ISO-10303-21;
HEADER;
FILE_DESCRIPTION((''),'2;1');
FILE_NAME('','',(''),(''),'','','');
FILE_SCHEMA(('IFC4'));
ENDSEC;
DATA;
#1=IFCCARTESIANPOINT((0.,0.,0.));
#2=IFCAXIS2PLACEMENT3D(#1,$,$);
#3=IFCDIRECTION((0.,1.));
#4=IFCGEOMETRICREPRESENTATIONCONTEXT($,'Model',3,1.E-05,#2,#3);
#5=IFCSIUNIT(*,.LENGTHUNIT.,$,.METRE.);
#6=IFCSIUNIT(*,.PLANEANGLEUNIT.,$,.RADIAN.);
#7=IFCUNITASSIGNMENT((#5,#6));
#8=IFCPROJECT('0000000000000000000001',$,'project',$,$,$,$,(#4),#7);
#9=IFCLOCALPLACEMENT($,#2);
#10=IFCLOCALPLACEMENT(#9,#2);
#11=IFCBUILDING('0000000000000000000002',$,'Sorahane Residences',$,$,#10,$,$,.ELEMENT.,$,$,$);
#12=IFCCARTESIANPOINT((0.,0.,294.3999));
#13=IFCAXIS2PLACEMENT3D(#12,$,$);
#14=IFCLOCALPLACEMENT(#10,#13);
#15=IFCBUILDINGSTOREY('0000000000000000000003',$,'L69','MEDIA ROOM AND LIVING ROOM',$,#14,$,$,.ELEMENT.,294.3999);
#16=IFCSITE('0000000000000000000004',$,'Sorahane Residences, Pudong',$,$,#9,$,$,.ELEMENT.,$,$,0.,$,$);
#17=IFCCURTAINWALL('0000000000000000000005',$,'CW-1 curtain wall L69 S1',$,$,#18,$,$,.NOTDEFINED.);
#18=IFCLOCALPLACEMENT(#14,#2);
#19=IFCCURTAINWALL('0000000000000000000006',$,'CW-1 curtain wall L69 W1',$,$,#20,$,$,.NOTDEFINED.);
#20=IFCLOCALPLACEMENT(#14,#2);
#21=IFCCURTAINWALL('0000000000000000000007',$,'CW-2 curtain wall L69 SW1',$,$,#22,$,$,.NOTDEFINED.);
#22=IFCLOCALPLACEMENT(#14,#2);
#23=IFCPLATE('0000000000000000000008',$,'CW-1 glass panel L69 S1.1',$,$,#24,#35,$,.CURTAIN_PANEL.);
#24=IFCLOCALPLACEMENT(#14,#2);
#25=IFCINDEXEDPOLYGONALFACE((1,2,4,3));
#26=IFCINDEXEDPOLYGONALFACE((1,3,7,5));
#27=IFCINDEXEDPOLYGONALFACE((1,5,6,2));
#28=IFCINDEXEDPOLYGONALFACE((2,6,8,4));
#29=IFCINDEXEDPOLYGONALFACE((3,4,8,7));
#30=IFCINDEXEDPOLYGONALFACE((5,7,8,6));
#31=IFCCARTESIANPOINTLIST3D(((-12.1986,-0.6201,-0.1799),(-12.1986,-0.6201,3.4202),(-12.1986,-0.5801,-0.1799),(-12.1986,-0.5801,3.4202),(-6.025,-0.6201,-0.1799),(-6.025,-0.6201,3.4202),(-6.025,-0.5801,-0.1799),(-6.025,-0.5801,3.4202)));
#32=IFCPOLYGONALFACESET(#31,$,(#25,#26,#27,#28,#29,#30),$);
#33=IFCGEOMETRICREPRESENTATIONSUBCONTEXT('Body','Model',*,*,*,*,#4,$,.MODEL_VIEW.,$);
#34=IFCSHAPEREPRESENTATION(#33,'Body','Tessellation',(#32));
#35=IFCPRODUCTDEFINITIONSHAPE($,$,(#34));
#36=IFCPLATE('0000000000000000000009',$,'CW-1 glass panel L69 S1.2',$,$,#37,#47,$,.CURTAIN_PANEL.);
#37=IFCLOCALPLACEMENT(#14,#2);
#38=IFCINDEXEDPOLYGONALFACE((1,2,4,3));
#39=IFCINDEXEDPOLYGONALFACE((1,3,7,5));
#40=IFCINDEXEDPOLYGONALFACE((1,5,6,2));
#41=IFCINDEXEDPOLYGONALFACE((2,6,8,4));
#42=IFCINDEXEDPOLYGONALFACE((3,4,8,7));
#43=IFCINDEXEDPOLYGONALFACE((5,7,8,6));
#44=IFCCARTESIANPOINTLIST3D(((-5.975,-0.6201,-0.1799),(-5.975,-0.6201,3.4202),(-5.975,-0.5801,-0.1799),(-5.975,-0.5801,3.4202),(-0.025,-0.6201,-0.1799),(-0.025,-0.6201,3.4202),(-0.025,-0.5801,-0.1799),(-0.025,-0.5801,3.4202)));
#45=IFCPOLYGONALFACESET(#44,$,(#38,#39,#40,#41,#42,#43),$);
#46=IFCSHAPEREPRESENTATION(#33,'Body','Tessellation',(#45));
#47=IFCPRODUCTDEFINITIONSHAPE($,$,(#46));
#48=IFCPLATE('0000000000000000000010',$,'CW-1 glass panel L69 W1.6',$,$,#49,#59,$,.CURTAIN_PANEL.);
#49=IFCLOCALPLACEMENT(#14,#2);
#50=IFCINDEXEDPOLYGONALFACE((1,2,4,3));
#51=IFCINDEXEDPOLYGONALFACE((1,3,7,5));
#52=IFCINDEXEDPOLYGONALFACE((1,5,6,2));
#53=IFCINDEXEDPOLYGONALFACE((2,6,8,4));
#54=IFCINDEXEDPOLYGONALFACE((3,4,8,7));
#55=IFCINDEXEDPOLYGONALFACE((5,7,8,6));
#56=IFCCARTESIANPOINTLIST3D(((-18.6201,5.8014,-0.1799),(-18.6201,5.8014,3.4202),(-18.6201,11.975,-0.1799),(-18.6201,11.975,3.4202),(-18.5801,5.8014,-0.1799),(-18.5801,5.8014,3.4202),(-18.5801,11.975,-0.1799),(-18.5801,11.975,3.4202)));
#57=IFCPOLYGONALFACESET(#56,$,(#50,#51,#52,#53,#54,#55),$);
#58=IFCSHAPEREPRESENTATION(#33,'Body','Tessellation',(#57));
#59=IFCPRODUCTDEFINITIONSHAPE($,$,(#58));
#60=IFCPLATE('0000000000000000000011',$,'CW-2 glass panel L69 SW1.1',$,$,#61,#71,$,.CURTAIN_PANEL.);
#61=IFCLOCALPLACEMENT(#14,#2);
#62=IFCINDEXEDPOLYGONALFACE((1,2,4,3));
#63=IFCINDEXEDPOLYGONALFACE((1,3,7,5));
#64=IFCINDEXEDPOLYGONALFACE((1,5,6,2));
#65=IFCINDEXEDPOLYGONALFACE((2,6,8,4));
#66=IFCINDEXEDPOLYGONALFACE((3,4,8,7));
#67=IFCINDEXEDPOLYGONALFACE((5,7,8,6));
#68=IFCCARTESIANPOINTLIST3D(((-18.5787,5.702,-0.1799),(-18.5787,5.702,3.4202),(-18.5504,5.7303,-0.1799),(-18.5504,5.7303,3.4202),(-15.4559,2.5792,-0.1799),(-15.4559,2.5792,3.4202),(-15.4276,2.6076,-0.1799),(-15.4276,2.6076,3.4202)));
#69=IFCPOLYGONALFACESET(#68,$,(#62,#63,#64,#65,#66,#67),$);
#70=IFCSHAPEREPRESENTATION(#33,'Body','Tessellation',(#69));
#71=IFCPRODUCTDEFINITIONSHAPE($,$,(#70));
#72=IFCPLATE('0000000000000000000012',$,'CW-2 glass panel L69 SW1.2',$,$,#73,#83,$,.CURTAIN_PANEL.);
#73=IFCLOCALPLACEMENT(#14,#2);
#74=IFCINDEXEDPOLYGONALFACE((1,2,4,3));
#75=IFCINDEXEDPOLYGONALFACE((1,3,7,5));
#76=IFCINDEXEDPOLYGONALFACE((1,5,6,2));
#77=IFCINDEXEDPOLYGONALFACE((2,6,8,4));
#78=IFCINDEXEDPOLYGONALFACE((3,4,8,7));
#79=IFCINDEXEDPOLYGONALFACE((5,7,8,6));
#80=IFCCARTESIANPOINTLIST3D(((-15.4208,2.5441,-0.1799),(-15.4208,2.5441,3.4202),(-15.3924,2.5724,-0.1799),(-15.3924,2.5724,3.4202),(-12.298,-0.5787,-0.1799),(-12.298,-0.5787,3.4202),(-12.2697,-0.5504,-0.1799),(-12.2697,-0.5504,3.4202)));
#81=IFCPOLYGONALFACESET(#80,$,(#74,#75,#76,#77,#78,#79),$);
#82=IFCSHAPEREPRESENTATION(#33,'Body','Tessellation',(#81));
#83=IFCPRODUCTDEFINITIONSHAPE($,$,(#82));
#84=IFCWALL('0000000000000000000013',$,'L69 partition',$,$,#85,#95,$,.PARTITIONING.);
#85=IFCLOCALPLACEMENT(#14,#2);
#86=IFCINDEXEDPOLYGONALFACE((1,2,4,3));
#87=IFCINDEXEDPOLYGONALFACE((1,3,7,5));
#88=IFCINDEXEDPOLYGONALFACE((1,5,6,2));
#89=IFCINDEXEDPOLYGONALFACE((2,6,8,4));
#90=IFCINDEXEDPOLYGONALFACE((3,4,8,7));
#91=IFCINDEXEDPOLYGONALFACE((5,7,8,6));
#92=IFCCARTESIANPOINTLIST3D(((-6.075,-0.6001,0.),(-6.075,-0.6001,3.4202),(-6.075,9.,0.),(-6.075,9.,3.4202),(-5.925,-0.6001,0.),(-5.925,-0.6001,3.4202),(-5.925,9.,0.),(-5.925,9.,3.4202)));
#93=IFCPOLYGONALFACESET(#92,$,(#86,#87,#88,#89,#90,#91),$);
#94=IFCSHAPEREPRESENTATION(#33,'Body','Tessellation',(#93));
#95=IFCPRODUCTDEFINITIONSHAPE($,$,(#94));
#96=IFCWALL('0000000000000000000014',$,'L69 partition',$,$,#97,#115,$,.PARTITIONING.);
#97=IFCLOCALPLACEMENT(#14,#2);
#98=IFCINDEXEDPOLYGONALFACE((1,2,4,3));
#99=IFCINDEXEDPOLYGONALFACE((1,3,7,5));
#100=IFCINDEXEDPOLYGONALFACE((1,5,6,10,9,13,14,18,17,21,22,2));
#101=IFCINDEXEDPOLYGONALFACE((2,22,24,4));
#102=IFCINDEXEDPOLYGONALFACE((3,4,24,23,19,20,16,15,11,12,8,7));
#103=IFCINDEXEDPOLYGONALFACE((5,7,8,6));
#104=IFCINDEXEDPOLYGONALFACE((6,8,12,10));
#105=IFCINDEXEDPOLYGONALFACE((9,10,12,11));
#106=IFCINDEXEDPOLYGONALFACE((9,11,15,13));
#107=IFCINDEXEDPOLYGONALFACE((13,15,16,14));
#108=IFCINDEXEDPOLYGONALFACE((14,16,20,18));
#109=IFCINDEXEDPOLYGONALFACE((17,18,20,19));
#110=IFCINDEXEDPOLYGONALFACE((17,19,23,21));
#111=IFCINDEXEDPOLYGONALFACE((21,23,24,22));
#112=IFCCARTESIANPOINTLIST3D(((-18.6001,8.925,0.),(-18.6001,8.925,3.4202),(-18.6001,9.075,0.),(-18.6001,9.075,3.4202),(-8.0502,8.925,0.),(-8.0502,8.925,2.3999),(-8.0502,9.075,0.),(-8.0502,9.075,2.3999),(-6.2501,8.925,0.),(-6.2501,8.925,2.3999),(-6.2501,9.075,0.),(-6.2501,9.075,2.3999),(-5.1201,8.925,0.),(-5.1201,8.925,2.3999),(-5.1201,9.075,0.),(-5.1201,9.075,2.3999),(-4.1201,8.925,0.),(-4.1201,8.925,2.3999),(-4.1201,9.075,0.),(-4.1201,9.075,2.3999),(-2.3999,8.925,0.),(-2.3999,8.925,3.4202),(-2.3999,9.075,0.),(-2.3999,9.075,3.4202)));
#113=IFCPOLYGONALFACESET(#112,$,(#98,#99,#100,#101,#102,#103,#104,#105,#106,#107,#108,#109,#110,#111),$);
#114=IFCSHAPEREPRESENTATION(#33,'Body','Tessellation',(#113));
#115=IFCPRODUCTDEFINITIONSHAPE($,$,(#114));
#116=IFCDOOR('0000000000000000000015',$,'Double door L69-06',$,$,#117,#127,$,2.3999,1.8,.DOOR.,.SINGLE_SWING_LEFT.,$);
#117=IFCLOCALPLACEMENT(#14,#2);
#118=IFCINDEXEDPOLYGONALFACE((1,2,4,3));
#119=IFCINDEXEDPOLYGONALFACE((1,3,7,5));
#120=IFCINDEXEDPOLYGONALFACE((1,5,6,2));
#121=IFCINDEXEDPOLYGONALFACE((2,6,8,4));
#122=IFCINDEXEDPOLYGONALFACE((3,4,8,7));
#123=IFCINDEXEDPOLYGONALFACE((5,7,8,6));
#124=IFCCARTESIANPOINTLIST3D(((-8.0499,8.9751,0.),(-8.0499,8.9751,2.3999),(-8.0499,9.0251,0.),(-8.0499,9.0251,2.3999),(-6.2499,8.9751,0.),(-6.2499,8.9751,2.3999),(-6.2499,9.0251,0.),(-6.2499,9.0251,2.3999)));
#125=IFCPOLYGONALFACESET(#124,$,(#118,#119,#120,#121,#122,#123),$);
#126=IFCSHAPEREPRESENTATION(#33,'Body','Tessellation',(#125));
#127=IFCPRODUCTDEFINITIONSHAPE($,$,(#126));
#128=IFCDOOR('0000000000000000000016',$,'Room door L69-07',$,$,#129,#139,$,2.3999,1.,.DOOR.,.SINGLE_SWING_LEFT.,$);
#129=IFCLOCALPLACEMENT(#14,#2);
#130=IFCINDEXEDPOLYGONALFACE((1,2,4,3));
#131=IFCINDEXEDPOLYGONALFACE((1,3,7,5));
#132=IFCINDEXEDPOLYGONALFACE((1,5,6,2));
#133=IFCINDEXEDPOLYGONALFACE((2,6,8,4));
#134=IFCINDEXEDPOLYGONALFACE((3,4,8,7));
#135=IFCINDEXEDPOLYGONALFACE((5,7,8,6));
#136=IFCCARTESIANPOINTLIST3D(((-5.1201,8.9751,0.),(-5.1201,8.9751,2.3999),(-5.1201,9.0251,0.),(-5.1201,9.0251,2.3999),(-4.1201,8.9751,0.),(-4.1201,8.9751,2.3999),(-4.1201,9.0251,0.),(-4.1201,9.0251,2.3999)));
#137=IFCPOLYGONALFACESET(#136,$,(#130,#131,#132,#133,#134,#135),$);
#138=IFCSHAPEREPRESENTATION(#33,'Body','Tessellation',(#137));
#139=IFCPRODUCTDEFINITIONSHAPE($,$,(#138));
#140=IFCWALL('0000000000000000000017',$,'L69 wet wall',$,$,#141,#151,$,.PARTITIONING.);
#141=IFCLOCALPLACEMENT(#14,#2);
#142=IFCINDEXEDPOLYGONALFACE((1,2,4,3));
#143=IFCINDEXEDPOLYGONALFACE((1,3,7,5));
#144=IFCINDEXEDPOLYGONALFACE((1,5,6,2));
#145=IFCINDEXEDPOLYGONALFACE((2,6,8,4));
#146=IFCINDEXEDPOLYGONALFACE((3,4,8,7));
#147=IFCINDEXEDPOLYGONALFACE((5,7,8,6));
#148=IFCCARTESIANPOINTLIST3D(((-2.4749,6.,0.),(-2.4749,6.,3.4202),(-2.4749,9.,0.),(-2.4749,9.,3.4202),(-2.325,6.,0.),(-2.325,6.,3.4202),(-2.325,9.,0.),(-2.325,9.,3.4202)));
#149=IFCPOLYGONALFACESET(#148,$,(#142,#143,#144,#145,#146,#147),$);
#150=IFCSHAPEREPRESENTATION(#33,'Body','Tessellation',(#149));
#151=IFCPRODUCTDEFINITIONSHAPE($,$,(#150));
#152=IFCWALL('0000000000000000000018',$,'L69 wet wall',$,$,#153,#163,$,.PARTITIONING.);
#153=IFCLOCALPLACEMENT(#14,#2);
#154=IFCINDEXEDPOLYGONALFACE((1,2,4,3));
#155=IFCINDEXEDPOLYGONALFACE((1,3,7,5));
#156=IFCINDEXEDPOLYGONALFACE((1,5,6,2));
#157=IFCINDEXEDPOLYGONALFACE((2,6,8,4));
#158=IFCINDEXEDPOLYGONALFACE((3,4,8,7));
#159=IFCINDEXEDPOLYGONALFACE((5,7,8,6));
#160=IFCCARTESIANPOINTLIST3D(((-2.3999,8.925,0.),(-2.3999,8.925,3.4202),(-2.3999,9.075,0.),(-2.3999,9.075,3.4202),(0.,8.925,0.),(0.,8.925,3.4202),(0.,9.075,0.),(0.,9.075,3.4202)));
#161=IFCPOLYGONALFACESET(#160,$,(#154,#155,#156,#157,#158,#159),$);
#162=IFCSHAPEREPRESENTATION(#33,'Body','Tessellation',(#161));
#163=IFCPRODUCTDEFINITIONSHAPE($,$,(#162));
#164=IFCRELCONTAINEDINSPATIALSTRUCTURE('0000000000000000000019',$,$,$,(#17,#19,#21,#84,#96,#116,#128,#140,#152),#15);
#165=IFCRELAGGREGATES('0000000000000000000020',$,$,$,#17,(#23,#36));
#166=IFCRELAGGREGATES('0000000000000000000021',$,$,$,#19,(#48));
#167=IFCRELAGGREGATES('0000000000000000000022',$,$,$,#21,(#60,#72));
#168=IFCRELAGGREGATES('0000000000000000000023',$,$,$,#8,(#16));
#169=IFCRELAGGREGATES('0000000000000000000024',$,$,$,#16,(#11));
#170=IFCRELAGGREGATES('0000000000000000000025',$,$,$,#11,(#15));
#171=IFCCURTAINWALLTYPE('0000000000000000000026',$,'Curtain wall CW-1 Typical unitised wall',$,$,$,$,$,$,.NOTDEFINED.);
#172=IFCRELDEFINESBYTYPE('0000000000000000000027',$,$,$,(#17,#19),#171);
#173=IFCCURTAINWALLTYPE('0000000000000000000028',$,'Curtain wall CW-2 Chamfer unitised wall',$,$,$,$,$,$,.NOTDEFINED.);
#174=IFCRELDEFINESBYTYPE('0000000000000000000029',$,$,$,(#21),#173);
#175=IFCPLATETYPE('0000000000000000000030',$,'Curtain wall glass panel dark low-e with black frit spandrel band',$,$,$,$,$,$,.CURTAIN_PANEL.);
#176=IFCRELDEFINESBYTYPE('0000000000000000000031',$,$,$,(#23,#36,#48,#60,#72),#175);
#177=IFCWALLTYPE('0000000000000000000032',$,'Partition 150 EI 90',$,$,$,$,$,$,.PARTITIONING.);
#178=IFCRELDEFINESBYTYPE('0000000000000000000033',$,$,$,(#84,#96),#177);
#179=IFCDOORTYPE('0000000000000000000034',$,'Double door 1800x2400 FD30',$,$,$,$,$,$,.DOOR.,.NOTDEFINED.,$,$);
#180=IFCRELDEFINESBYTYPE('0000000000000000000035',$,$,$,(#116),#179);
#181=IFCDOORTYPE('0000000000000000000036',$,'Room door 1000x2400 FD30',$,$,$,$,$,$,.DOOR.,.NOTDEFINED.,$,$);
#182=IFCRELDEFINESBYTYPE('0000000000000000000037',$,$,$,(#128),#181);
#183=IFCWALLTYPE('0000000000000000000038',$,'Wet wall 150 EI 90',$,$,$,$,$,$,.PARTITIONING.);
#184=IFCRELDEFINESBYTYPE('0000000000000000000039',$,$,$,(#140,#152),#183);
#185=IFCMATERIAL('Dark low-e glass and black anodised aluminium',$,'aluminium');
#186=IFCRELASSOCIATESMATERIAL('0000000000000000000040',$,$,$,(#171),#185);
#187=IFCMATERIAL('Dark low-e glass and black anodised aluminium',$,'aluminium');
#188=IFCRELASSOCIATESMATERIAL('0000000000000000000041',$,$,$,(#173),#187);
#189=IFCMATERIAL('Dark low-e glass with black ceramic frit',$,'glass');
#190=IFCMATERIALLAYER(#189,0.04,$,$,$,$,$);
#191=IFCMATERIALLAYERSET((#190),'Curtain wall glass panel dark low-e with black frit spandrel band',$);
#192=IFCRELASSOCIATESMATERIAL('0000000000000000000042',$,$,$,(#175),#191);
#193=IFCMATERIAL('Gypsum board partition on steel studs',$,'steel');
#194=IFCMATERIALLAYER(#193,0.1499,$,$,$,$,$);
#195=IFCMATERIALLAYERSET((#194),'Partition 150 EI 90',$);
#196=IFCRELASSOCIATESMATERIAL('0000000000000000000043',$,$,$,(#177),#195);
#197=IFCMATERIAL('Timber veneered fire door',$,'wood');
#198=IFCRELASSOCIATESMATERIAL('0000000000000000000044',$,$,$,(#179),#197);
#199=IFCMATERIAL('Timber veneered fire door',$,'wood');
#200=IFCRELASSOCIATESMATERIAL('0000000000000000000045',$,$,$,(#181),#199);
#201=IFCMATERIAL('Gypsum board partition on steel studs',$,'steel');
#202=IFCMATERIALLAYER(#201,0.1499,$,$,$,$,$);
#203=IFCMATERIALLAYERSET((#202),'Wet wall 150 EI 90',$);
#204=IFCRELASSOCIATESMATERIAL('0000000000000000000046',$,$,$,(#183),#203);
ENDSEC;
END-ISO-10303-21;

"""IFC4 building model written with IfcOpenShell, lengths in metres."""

from ifc_helpers import new_model, si_unit, direction, frame, frame_2d, origin, origin_2d, place, context, subcontext, project, spatial, rectangle, extrude, material, layer, layer_set, type_object, element, fill, aggregate, save


model = new_model("IFC4")

# Units and contexts
model_context = context("Model", 3, precision=1e-05, world=origin(), true_north=direction((0.0, 1.0)))
body_context = subcontext(model_context, "Body", "Model", "MODEL_VIEW")
ifc_project = project(units=[si_unit("LENGTHUNIT", "METRE"), si_unit("PLANEANGLEUNIT", "RADIAN")], contexts=[model_context])

# Site, building, storey
site_placement = place(None, origin())
site = spatial("IfcSite", under=ifc_project, at=site_placement, Name="Sorahane Residences, Pudong", CompositionType="ELEMENT", RefElevation=0.0)
building_placement = place(site_placement, origin())
building = spatial("IfcBuilding", under=site, at=building_placement, Name="Sorahane Residences", CompositionType="ELEMENT")
storey_placement = place(building_placement, frame((0.0, 0.0, 294.3999)))
storey = spatial("IfcBuildingStorey", under=building, at=storey_placement, Name="L69", Description="MEDIA ROOM AND LIVING ROOM", CompositionType="ELEMENT", Elevation=294.3999)

# Curtain walls
ifc_material_1 = material(Name="Dark low-e glass and black anodised aluminium", Category="aluminium")
curtain_wall_type_1 = type_object("IfcCurtainWallType", Name="Curtain wall CW-1 Typical unitised wall", PredefinedType="NOTDEFINED", material=ifc_material_1)
curtain_wall_1_placement = place(storey_placement, origin())
curtain_wall_1 = element("IfcCurtainWall", 1, at=curtain_wall_1_placement, inside=storey, type_object=curtain_wall_type_1, Name="CW-1 curtain wall L69 S1", PredefinedType="NOTDEFINED")
curtain_wall_2_placement = place(storey_placement, origin())
curtain_wall_2 = element("IfcCurtainWall", 2, at=curtain_wall_2_placement, inside=storey, type_object=curtain_wall_type_1, Name="CW-1 curtain wall L69 W1", PredefinedType="NOTDEFINED")

# Curtain wall
ifc_material_2 = material(Name="Dark low-e glass and black anodised aluminium", Category="aluminium")
curtain_wall_type_2 = type_object("IfcCurtainWallType", Name="Curtain wall CW-2 Chamfer unitised wall", PredefinedType="NOTDEFINED", material=ifc_material_2)
curtain_wall_3_placement = place(storey_placement, origin())
curtain_wall_3 = element("IfcCurtainWall", 3, at=curtain_wall_3_placement, inside=storey, type_object=curtain_wall_type_2, Name="CW-2 curtain wall L69 SW1", PredefinedType="NOTDEFINED")

# Plates
ifc_material_3 = material(Name="Dark low-e glass with black ceramic frit", Category="glass")
ifc_layer_1 = layer(ifc_material_3, 0.04)
ifc_layer_set_1 = layer_set([ifc_layer_1], Name="Curtain wall glass panel dark low-e with black frit spandrel band")
plate_type = type_object("IfcPlateType", Name="Curtain wall glass panel dark low-e with black frit spandrel band", PredefinedType="CURTAIN_PANEL", material=ifc_layer_set_1)
plate_1_placement = place(storey_placement, frame((-9.1118, -0.6001, -0.1799), z_axis=(0.0, 0.0, 1.0), x_axis=(1.0, 0.0, 0.0)))
plate_1 = element("IfcPlate", 4, at=plate_1_placement, type_object=plate_type, Name="CW-1 glass panel L69 S1.1", PredefinedType="CURTAIN_PANEL", context=body_context, shape_type="SweptSolid", body=[
    extrude(rectangle(XDim=6.1736, YDim=0.04, at=origin_2d()), origin(), (0.0, 0.0, 1.0), 3.6001),
])
plate_2_placement = place(storey_placement, frame((-3.0, -0.6001, -0.1799), z_axis=(0.0, 0.0, 1.0), x_axis=(1.0, 0.0, 0.0)))
plate_2 = element("IfcPlate", 5, at=plate_2_placement, type_object=plate_type, Name="CW-1 glass panel L69 S1.2", PredefinedType="CURTAIN_PANEL", context=body_context, shape_type="SweptSolid", body=[
    extrude(rectangle(XDim=5.95, YDim=0.04, at=origin_2d()), origin(), (0.0, 0.0, 1.0), 3.6001),
])
aggregate(curtain_wall_1, [plate_1, plate_2])
plate_3_placement = place(storey_placement, frame((-18.6001, 8.8882, -0.1799), z_axis=(0.0, 0.0, 1.0), x_axis=(0.0, -1.0, 0.0)))
plate_3 = element("IfcPlate", 6, at=plate_3_placement, type_object=plate_type, Name="CW-1 glass panel L69 W1.6", PredefinedType="CURTAIN_PANEL", context=body_context, shape_type="SweptSolid", body=[
    extrude(rectangle(XDim=6.1736, YDim=0.04, at=origin_2d()), origin(), (0.0, 0.0, 1.0), 3.6001),
])
aggregate(curtain_wall_2, [plate_3])
plate_4_placement = place(storey_placement, frame((-17.0032, 4.1548, -0.1799), z_axis=(0.0, 0.0, 1.0), x_axis=(0.707107, -0.707107, 0.0)))
plate_4 = element("IfcPlate", 7, at=plate_4_placement, type_object=plate_type, Name="CW-2 glass panel L69 SW1.1", PredefinedType="CURTAIN_PANEL", context=body_context, shape_type="SweptSolid", body=[
    extrude(rectangle(XDim=4.4163, YDim=0.04, at=origin_2d()), origin(), (0.0, 0.0, 1.0), 3.6001),
])
plate_5_placement = place(storey_placement, frame((-13.8452, 0.9968, -0.1799), z_axis=(0.0, 0.0, 1.0), x_axis=(0.707107, -0.707107, 0.0)))
plate_5 = element("IfcPlate", 8, at=plate_5_placement, type_object=plate_type, Name="CW-2 glass panel L69 SW1.2", PredefinedType="CURTAIN_PANEL", context=body_context, shape_type="SweptSolid", body=[
    extrude(rectangle(XDim=4.4163, YDim=0.04, at=origin_2d()), origin(), (0.0, 0.0, 1.0), 3.6001),
])
aggregate(curtain_wall_3, [plate_4, plate_5])

# Wall
ifc_material_4 = material(Name="Gypsum board partition on steel studs", Category="steel")
ifc_layer_2 = layer(ifc_material_4, 0.1499)
ifc_layer_set_2 = layer_set([ifc_layer_2], Name="Partition 150 EI 90")
wall_type_1 = type_object("IfcWallType", Name="Partition 150 EI 90", PredefinedType="PARTITIONING", material=ifc_layer_set_2)
wall_1_placement = place(storey_placement, frame((-6.0, -0.6001, 0.0), z_axis=(0.0, 0.0, 1.0), x_axis=(0.0, 1.0, 0.0)))
element("IfcWall", 9, at=wall_1_placement, inside=storey, type_object=wall_type_1, Name="L69 partition", PredefinedType="PARTITIONING", context=body_context, shape_type="SweptSolid", body=[
    extrude(rectangle(XDim=9.6001, YDim=0.1499, at=frame_2d((4.8, 0.0))), origin(), (0.0, 0.0, 1.0), 3.4202),
])

# Wall, openings, doors
ifc_material_5 = material(Name="Timber veneered fire door", Category="wood")
door_type_1 = type_object("IfcDoorType", Name="Double door 1800x2400 FD30", OperationType="NOTDEFINED", PredefinedType="DOOR", material=ifc_material_5)
ifc_material_6 = material(Name="Timber veneered fire door", Category="wood")
door_type_2 = type_object("IfcDoorType", Name="Room door 1000x2400 FD30", OperationType="NOTDEFINED", PredefinedType="DOOR", material=ifc_material_6)
wall_2_placement = place(storey_placement, frame((-18.6001, 9.0, 0.0), z_axis=(0.0, 0.0, 1.0), x_axis=(1.0, 0.0, 0.0)))
wall_2 = element("IfcWall", 10, at=wall_2_placement, inside=storey, type_object=wall_type_1, Name="L69 partition", PredefinedType="PARTITIONING", context=body_context, shape_type="SweptSolid", body=[
    extrude(rectangle(XDim=16.2002, YDim=0.1499, at=frame_2d((8.1001, 0.0))), origin(), (0.0, 0.0, 1.0), 3.4202),
])
opening_1_placement = place(wall_2_placement, frame((10.55, 0.0, 0.0)))
opening_1 = element("IfcOpeningElement", 11, at=opening_1_placement, cuts=wall_2, PredefinedType="OPENING", context=body_context, shape_type="SweptSolid", body=[
    extrude(rectangle(XDim=1.8, YDim=2.3999, at=frame_2d((0.8999, 1.2))), frame((0.0, 0.085, 0.0), z_axis=(0.0, -1.0, 0.0), x_axis=(1.0, 0.0, 0.0)), (0.0, 0.0, 1.0), 0.1699),
])
opening_2_placement = place(wall_2_placement, frame((13.48, 0.0, 0.0)))
opening_2 = element("IfcOpeningElement", 12, at=opening_2_placement, cuts=wall_2, PredefinedType="OPENING", context=body_context, shape_type="SweptSolid", body=[
    extrude(rectangle(XDim=1.0, YDim=2.3999, at=frame_2d((0.5, 1.2))), frame((0.0, 0.085, 0.0), z_axis=(0.0, -1.0, 0.0), x_axis=(1.0, 0.0, 0.0)), (0.0, 0.0, 1.0), 0.1699),
])
door_1_placement = place(opening_1_placement, frame((1.8, 0.0, 0.0), z_axis=(0.0, 0.0, 1.0), x_axis=(-1.0, 0.0, 0.0)))
door_1 = element("IfcDoor", 13, at=door_1_placement, inside=storey, type_object=door_type_1, Name="Double door L69-06", OperationType="SINGLE_SWING_LEFT", OverallHeight=2.3999, OverallWidth=1.8, PredefinedType="DOOR", context=body_context, shape_type="SweptSolid", body=[
    extrude(rectangle(XDim=1.8, YDim=2.3999, at=frame_2d((0.8999, 1.2))), frame((0.0, 0.0249, 0.0), z_axis=(0.0, -1.0, 0.0), x_axis=(1.0, 0.0, 0.0)), (0.0, 0.0, 1.0), 0.05),
])
fill(opening_1, door_1)
door_2_placement = place(opening_2_placement, frame((1.0, 0.0, 0.0), z_axis=(0.0, 0.0, 1.0), x_axis=(-1.0, 0.0, 0.0)))
door_2 = element("IfcDoor", 14, at=door_2_placement, inside=storey, type_object=door_type_2, Name="Room door L69-07", OperationType="SINGLE_SWING_LEFT", OverallHeight=2.3999, OverallWidth=1.0, PredefinedType="DOOR", context=body_context, shape_type="SweptSolid", body=[
    extrude(rectangle(XDim=1.0, YDim=2.3999, at=frame_2d((0.5, 1.2))), frame((0.0, 0.0249, 0.0), z_axis=(0.0, -1.0, 0.0), x_axis=(1.0, 0.0, 0.0)), (0.0, 0.0, 1.0), 0.05),
])
fill(opening_2, door_2)

# Wall
ifc_material_7 = material(Name="Gypsum board partition on steel studs", Category="steel")
ifc_layer_3 = layer(ifc_material_7, 0.1499)
ifc_layer_set_3 = layer_set([ifc_layer_3], Name="Wet wall 150 EI 90")
wall_type_2 = type_object("IfcWallType", Name="Wet wall 150 EI 90", PredefinedType="PARTITIONING", material=ifc_layer_set_3)
wall_3_placement = place(storey_placement, frame((-2.3999, 6.0, 0.0), z_axis=(0.0, 0.0, 1.0), x_axis=(0.0, 1.0, 0.0)))
element("IfcWall", 15, at=wall_3_placement, inside=storey, type_object=wall_type_2, Name="L69 wet wall", PredefinedType="PARTITIONING", context=body_context, shape_type="SweptSolid", body=[
    extrude(rectangle(XDim=3.0, YDim=0.1499, at=frame_2d((1.5, 0.0))), origin(), (0.0, 0.0, 1.0), 3.4202),
])

# Wall
wall_4_placement = place(storey_placement, frame((-2.3999, 9.0, 0.0), z_axis=(0.0, 0.0, 1.0), x_axis=(1.0, 0.0, 0.0)))
element("IfcWall", 16, at=wall_4_placement, inside=storey, type_object=wall_type_2, Name="L69 wet wall", PredefinedType="PARTITIONING", context=body_context, shape_type="SweptSolid", body=[
    extrude(rectangle(XDim=2.3999, YDim=0.1499, at=frame_2d((1.2, 0.0))), origin(), (0.0, 0.0, 1.0), 3.4202),
])

save(model, "model.ifc")
